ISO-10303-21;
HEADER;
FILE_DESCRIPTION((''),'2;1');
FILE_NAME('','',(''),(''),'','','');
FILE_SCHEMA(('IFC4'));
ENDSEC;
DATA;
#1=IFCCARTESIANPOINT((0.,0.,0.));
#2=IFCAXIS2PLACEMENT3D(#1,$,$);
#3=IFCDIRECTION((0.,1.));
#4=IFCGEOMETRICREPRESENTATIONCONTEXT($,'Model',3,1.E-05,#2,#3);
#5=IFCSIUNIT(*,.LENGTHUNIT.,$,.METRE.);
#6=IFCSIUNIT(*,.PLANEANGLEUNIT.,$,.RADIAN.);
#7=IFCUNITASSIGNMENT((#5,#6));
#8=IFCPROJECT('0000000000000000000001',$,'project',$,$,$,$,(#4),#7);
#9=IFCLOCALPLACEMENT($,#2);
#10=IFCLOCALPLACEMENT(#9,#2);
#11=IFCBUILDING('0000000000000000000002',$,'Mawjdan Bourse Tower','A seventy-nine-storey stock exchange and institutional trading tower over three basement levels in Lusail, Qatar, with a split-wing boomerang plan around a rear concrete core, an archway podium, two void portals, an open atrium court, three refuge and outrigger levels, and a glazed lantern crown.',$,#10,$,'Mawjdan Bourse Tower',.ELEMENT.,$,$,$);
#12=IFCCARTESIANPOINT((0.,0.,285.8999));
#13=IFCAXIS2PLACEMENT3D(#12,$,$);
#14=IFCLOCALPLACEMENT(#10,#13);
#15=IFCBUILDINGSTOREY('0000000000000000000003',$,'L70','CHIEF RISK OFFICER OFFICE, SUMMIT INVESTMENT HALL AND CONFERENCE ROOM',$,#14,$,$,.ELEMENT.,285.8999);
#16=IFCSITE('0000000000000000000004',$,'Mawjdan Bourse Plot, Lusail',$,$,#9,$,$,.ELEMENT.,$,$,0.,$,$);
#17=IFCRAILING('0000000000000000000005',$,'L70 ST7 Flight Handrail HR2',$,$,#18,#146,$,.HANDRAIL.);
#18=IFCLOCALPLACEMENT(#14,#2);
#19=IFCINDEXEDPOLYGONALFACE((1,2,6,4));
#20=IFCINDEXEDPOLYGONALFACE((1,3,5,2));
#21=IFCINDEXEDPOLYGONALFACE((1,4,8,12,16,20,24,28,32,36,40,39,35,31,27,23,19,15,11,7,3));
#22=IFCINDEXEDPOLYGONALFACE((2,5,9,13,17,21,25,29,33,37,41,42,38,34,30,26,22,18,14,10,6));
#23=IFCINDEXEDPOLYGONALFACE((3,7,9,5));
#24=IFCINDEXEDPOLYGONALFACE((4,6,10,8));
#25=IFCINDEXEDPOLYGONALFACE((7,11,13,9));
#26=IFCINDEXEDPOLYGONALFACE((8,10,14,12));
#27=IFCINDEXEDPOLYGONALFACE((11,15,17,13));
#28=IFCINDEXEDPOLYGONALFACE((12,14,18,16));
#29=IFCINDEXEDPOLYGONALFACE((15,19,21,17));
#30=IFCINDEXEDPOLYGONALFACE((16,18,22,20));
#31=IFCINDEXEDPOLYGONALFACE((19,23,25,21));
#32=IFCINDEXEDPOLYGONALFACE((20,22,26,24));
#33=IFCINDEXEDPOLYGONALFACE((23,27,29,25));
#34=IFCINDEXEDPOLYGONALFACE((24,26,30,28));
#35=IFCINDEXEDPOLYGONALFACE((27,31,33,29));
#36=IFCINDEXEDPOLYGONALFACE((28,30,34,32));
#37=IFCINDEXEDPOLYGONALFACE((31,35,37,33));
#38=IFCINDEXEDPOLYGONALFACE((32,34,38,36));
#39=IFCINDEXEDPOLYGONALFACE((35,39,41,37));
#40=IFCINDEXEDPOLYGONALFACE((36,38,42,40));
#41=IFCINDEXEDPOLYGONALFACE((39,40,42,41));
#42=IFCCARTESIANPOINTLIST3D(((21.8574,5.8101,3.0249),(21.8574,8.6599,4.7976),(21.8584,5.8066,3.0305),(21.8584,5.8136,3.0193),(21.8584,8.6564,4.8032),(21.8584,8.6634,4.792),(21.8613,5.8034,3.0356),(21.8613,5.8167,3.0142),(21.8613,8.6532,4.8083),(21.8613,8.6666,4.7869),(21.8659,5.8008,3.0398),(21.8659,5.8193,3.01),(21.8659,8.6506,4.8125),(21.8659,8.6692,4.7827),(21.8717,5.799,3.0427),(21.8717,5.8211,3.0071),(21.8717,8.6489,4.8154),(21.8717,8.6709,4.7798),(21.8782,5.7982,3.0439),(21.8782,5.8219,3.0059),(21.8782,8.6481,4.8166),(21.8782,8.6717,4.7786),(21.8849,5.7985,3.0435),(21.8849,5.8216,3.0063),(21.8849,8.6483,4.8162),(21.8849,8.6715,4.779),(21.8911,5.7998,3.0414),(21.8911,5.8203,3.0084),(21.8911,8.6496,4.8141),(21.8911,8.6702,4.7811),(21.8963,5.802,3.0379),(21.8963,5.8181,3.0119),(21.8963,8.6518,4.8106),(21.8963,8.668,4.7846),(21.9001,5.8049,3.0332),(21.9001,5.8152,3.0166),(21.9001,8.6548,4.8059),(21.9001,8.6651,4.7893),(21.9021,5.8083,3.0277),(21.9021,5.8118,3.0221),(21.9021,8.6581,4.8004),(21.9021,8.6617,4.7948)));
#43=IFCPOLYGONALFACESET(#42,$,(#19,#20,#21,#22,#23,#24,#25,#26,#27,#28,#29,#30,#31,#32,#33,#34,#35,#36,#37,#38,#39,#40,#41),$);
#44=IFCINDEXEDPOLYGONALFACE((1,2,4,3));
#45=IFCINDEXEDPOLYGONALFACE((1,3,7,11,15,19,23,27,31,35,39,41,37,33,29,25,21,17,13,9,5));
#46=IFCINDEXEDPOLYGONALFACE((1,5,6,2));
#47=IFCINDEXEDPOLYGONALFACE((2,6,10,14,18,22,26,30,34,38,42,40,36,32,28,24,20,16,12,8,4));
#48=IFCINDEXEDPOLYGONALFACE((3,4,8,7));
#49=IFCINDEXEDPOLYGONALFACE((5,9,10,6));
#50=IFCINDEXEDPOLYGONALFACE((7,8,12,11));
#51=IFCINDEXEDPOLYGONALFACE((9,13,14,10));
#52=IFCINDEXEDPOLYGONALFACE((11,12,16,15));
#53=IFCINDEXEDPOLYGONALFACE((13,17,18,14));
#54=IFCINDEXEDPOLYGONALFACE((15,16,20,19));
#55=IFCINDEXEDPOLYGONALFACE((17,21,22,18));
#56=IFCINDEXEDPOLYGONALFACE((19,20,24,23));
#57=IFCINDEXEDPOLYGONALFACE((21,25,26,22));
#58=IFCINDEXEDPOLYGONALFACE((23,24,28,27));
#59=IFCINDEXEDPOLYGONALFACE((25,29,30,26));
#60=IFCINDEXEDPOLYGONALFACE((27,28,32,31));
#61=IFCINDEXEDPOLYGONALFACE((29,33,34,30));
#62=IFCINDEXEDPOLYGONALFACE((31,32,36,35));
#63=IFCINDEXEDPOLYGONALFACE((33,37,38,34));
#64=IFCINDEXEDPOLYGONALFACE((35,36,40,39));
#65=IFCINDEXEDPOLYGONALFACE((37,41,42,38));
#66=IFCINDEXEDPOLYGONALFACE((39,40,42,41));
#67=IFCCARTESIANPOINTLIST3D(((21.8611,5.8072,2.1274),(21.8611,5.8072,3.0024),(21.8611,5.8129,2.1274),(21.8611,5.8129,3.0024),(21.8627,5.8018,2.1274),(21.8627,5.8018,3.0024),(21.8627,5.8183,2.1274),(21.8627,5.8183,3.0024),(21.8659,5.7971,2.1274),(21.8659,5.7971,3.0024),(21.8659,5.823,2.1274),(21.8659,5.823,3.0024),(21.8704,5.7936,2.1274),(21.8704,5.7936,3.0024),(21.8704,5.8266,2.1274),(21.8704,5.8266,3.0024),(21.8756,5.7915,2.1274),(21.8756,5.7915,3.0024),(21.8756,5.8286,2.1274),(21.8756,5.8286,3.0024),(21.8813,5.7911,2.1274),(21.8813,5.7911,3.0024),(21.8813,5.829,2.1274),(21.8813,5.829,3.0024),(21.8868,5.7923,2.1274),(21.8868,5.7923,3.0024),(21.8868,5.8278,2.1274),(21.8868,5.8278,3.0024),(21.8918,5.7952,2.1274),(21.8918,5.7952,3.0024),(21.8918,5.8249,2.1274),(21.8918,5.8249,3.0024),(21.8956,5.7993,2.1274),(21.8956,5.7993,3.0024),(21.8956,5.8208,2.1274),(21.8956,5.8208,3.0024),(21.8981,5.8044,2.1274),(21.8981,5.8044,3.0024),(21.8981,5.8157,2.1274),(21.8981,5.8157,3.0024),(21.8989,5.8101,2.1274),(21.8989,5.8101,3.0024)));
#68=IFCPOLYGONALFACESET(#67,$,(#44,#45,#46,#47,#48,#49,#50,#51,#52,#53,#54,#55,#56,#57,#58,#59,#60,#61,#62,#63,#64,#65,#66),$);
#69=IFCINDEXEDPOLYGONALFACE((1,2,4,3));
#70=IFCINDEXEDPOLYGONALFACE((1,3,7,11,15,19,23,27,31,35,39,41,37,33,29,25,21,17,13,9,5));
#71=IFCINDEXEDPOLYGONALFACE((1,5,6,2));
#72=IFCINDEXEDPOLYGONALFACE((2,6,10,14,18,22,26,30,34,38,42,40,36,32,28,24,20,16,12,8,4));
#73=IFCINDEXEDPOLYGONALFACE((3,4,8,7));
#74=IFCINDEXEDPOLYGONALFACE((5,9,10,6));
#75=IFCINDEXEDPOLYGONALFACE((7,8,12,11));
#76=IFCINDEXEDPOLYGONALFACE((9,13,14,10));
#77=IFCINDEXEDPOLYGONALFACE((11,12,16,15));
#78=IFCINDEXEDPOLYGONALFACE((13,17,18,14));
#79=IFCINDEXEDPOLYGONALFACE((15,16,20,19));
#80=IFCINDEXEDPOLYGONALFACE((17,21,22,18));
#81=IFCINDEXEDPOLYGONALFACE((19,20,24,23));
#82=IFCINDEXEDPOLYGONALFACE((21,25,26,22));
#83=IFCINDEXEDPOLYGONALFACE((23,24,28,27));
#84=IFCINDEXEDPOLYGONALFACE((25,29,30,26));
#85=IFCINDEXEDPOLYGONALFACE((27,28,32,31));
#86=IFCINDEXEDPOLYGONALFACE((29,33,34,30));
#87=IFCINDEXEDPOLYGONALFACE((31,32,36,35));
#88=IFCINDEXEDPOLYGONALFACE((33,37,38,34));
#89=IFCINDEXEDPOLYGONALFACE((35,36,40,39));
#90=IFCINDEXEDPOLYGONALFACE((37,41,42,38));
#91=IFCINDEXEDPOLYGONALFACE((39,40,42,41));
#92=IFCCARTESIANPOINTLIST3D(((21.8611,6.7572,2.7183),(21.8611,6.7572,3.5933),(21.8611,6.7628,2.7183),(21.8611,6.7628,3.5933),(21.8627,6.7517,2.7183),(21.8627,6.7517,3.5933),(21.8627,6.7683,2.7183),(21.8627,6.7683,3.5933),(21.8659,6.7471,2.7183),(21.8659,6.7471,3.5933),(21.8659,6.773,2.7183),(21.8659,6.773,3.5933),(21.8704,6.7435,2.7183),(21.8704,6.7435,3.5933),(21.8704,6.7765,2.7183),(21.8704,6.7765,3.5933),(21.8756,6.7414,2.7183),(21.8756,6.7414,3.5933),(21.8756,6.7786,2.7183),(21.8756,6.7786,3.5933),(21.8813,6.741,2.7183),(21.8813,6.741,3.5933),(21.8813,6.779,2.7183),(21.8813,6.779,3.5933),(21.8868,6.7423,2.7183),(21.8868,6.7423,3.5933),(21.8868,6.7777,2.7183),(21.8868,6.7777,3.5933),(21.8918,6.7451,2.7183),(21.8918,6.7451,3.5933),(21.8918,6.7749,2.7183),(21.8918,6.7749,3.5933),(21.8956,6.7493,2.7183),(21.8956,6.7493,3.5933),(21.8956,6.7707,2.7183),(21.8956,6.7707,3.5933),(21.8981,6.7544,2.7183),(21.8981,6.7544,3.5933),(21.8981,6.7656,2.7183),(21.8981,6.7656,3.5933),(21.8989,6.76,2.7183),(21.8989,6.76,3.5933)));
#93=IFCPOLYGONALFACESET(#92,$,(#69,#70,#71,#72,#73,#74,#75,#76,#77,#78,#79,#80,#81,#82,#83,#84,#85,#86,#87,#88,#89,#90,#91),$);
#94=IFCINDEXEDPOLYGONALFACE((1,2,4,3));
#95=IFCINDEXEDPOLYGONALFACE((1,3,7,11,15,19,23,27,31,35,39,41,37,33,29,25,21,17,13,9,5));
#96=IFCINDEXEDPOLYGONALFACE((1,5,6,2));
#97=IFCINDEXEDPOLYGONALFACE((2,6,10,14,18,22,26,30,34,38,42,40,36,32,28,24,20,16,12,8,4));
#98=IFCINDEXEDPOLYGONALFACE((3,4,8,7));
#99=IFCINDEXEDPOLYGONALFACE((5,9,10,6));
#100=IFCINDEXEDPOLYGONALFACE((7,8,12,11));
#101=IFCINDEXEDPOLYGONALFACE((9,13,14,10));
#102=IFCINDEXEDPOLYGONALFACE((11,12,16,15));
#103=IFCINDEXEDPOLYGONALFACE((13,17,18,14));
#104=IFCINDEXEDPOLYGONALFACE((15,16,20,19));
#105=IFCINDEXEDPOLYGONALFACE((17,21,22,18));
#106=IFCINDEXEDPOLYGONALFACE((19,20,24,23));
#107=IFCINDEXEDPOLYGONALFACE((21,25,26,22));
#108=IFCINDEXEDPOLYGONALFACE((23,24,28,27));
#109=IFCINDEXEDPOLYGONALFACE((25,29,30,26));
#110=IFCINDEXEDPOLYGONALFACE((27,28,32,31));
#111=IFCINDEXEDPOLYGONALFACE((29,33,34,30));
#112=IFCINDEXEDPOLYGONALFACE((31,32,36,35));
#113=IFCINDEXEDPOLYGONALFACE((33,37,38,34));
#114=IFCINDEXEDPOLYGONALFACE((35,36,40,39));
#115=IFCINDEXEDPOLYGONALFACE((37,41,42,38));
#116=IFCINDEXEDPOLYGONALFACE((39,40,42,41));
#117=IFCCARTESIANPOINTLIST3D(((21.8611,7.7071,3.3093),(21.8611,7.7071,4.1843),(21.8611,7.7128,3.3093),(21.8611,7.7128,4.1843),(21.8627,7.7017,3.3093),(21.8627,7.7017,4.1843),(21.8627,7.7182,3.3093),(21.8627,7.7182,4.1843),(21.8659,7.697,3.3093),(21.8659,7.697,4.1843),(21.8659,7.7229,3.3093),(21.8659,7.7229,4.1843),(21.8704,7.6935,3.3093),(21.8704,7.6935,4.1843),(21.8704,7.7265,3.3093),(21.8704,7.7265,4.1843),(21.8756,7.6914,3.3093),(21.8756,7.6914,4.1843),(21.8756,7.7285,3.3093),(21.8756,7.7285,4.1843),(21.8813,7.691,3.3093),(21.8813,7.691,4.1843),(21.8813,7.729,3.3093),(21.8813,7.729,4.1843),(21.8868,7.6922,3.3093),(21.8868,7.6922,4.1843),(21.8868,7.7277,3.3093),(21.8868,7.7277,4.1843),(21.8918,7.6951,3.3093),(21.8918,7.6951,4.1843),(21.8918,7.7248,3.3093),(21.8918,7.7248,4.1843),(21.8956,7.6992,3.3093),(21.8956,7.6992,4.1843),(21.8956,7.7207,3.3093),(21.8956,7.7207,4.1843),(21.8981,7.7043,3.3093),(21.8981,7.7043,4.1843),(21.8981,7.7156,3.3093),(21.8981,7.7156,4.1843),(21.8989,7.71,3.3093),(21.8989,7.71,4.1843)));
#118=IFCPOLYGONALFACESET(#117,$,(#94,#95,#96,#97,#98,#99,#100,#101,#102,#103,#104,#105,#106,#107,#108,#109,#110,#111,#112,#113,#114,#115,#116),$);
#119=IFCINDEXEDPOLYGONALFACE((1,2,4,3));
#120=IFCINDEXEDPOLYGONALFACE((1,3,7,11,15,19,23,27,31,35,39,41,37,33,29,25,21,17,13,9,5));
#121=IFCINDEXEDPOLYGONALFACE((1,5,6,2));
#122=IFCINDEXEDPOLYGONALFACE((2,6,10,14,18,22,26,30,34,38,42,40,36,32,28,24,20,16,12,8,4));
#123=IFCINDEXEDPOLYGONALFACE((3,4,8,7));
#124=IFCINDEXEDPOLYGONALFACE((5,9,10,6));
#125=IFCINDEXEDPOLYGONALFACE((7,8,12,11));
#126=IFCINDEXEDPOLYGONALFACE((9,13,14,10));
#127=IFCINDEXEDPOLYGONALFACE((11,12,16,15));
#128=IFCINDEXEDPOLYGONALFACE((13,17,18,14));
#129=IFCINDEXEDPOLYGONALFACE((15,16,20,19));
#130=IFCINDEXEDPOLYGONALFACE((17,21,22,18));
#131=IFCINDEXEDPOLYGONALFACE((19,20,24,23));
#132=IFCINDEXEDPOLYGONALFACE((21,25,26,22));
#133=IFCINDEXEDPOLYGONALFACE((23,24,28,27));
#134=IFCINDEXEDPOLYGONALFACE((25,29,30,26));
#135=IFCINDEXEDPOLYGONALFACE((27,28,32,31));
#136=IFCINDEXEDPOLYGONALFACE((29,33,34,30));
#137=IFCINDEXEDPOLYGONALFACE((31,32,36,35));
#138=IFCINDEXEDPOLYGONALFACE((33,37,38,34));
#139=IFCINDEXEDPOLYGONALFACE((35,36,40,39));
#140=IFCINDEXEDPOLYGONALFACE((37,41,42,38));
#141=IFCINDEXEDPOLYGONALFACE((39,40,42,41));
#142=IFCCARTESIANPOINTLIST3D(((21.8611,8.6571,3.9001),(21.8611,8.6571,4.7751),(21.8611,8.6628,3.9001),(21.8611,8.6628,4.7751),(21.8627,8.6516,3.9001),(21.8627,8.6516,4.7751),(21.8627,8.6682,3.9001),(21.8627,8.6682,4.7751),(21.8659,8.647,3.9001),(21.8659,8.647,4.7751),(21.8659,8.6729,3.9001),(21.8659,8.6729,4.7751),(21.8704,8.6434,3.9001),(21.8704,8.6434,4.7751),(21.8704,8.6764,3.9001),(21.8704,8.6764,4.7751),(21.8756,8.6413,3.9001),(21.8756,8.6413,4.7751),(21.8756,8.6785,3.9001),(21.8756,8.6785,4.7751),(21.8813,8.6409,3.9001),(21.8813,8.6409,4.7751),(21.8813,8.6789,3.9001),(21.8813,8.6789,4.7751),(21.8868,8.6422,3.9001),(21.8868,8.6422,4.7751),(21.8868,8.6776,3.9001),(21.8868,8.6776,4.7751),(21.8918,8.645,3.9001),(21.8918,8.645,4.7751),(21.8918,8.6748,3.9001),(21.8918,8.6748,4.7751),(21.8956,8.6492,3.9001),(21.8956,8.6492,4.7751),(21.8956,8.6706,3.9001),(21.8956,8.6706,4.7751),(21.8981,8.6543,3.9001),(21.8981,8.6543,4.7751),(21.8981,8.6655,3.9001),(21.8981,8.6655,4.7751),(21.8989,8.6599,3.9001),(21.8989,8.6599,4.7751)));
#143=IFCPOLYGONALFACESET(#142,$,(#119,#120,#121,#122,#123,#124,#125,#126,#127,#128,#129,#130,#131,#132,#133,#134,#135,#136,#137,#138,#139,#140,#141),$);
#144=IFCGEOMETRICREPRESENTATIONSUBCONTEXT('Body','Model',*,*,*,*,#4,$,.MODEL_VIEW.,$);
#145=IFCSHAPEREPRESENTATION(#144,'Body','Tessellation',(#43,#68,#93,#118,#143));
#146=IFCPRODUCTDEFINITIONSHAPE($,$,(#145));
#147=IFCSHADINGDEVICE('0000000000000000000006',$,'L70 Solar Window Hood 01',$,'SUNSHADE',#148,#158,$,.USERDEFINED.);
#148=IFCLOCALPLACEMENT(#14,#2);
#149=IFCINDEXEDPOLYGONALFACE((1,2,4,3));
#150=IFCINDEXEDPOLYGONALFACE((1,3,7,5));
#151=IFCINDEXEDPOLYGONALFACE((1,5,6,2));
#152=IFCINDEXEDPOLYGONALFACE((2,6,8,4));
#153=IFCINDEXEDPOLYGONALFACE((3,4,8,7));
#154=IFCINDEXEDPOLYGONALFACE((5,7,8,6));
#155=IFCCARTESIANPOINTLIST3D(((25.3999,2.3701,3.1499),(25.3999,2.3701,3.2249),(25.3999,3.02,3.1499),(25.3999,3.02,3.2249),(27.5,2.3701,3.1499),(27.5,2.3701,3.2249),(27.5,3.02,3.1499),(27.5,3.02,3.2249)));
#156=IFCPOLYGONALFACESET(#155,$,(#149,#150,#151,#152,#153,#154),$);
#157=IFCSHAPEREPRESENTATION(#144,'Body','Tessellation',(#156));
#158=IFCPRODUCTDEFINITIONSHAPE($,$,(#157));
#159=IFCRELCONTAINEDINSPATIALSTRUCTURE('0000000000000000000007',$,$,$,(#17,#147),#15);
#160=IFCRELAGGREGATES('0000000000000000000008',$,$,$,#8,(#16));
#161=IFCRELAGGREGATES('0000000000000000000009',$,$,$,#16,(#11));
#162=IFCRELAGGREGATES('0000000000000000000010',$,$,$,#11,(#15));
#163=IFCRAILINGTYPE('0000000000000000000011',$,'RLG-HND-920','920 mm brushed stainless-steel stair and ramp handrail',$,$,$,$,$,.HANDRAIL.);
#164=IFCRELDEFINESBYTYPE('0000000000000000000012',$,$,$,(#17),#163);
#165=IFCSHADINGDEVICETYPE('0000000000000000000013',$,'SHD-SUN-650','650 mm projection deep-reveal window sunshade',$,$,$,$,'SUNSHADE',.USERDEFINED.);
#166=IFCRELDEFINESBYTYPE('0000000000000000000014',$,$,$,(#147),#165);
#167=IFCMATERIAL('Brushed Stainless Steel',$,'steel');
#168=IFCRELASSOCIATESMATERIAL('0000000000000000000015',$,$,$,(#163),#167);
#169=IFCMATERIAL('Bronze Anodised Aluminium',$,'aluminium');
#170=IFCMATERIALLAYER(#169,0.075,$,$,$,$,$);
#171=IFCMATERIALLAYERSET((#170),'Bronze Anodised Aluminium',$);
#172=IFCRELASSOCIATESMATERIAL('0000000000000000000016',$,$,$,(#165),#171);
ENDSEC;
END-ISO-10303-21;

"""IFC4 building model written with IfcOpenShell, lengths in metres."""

from ifc_helpers import new_model, si_unit, direction, frame, origin, origin_2d, place, context, subcontext, project, spatial, rectangle, circle, extrude, material, layer, layer_set, type_object, element, save


model = new_model("IFC4")

# Units and contexts
model_context = context("Model", 3, precision=1e-05, world=origin(), true_north=direction((0.0, 1.0)))
body_context = subcontext(model_context, "Body", "Model", "MODEL_VIEW")
ifc_project = project(units=[si_unit("LENGTHUNIT", "METRE"), si_unit("PLANEANGLEUNIT", "RADIAN")], contexts=[model_context])

# Site, building, storey
site_placement = place(None, origin())
site = spatial("IfcSite", under=ifc_project, at=site_placement, Name="Mawjdan Bourse Plot, Lusail", CompositionType="ELEMENT", RefElevation=0.0)
building_placement = place(site_placement, origin())
building = spatial("IfcBuilding", under=site, at=building_placement, Name="Mawjdan Bourse Tower", Description="A seventy-nine-storey stock exchange and institutional trading tower over three basement levels in Lusail, Qatar, with a split-wing boomerang plan around a rear concrete core, an archway podium, two void portals, an open atrium court, three refuge and outrigger levels, and a glazed lantern crown.", LongName="Mawjdan Bourse Tower", CompositionType="ELEMENT")
storey_placement = place(building_placement, frame((0.0, 0.0, 285.8999)))
storey = spatial("IfcBuildingStorey", under=building, at=storey_placement, Name="L70", Description="CHIEF RISK OFFICER OFFICE, SUMMIT INVESTMENT HALL AND CONFERENCE ROOM", CompositionType="ELEMENT", Elevation=285.8999)

# Railing
ifc_material_1 = material(Name="Brushed Stainless Steel", Category="steel")
railing_type_1 = type_object("IfcRailingType", Name="RLG-HND-920", Description="920 mm brushed stainless-steel stair and ramp handrail", PredefinedType="HANDRAIL", material=ifc_material_1)
railing_placement = place(storey_placement, frame((21.8799, 5.8101, 2.1274)))
element("IfcRailing", 1, at=railing_placement, inside=storey, type_object=railing_type_1, Name="L70 ST7 Flight Handrail HR2", PredefinedType="HANDRAIL", context=body_context, shape_type="SweptSolid", body=[
    extrude(circle(Radius=0.0225, at=origin_2d()), frame((0.0, 0.0, 0.8975), z_axis=(0.0, 0.849128, 0.528187), x_axis=(-1.0, 0.0, 0.0)), (0.0, 0.0, 1.0), 3.3562),
    extrude(circle(Radius=0.019, at=origin_2d()), origin(), (0.0, 0.0, 1.0), 0.875),
    extrude(circle(Radius=0.019, at=origin_2d()), frame((0.0, 0.95, 0.5908)), (0.0, 0.0, 1.0), 0.875),
    extrude(circle(Radius=0.019, at=origin_2d()), frame((0.0, 1.8999, 1.1819)), (0.0, 0.0, 1.0), 0.875),
    extrude(circle(Radius=0.019, at=origin_2d()), frame((0.0, 2.8499, 1.7727)), (0.0, 0.0, 1.0), 0.875),
])

# Shading device
ifc_material_2 = material(Name="Bronze Anodised Aluminium", Category="aluminium")
ifc_layer_1 = layer(ifc_material_2, 0.075)
ifc_layer_set_1 = layer_set([ifc_layer_1], Name="Bronze Anodised Aluminium")
shading_device_type = type_object("IfcShadingDeviceType", Name="SHD-SUN-650", Description="650 mm projection deep-reveal window sunshade", ElementType="SUNSHADE", PredefinedType="USERDEFINED", material=ifc_layer_set_1)
shading_device_placement = place(storey_placement, frame((26.45, 2.6951, 3.1499), z_axis=(0.0, 0.0, 1.0), x_axis=(1.0, 0.0, 0.0)))
element("IfcShadingDevice", 2, at=shading_device_placement, inside=storey, type_object=shading_device_type, Name="L70 Solar Window Hood 01", ObjectType="SUNSHADE", PredefinedType="USERDEFINED", context=body_context, shape_type="SweptSolid", body=[
    extrude(rectangle(XDim=2.1001, YDim=0.6499, at=origin_2d()), origin(), (0.0, 0.0, 1.0), 0.075),
])

save(model, "model.ifc")
